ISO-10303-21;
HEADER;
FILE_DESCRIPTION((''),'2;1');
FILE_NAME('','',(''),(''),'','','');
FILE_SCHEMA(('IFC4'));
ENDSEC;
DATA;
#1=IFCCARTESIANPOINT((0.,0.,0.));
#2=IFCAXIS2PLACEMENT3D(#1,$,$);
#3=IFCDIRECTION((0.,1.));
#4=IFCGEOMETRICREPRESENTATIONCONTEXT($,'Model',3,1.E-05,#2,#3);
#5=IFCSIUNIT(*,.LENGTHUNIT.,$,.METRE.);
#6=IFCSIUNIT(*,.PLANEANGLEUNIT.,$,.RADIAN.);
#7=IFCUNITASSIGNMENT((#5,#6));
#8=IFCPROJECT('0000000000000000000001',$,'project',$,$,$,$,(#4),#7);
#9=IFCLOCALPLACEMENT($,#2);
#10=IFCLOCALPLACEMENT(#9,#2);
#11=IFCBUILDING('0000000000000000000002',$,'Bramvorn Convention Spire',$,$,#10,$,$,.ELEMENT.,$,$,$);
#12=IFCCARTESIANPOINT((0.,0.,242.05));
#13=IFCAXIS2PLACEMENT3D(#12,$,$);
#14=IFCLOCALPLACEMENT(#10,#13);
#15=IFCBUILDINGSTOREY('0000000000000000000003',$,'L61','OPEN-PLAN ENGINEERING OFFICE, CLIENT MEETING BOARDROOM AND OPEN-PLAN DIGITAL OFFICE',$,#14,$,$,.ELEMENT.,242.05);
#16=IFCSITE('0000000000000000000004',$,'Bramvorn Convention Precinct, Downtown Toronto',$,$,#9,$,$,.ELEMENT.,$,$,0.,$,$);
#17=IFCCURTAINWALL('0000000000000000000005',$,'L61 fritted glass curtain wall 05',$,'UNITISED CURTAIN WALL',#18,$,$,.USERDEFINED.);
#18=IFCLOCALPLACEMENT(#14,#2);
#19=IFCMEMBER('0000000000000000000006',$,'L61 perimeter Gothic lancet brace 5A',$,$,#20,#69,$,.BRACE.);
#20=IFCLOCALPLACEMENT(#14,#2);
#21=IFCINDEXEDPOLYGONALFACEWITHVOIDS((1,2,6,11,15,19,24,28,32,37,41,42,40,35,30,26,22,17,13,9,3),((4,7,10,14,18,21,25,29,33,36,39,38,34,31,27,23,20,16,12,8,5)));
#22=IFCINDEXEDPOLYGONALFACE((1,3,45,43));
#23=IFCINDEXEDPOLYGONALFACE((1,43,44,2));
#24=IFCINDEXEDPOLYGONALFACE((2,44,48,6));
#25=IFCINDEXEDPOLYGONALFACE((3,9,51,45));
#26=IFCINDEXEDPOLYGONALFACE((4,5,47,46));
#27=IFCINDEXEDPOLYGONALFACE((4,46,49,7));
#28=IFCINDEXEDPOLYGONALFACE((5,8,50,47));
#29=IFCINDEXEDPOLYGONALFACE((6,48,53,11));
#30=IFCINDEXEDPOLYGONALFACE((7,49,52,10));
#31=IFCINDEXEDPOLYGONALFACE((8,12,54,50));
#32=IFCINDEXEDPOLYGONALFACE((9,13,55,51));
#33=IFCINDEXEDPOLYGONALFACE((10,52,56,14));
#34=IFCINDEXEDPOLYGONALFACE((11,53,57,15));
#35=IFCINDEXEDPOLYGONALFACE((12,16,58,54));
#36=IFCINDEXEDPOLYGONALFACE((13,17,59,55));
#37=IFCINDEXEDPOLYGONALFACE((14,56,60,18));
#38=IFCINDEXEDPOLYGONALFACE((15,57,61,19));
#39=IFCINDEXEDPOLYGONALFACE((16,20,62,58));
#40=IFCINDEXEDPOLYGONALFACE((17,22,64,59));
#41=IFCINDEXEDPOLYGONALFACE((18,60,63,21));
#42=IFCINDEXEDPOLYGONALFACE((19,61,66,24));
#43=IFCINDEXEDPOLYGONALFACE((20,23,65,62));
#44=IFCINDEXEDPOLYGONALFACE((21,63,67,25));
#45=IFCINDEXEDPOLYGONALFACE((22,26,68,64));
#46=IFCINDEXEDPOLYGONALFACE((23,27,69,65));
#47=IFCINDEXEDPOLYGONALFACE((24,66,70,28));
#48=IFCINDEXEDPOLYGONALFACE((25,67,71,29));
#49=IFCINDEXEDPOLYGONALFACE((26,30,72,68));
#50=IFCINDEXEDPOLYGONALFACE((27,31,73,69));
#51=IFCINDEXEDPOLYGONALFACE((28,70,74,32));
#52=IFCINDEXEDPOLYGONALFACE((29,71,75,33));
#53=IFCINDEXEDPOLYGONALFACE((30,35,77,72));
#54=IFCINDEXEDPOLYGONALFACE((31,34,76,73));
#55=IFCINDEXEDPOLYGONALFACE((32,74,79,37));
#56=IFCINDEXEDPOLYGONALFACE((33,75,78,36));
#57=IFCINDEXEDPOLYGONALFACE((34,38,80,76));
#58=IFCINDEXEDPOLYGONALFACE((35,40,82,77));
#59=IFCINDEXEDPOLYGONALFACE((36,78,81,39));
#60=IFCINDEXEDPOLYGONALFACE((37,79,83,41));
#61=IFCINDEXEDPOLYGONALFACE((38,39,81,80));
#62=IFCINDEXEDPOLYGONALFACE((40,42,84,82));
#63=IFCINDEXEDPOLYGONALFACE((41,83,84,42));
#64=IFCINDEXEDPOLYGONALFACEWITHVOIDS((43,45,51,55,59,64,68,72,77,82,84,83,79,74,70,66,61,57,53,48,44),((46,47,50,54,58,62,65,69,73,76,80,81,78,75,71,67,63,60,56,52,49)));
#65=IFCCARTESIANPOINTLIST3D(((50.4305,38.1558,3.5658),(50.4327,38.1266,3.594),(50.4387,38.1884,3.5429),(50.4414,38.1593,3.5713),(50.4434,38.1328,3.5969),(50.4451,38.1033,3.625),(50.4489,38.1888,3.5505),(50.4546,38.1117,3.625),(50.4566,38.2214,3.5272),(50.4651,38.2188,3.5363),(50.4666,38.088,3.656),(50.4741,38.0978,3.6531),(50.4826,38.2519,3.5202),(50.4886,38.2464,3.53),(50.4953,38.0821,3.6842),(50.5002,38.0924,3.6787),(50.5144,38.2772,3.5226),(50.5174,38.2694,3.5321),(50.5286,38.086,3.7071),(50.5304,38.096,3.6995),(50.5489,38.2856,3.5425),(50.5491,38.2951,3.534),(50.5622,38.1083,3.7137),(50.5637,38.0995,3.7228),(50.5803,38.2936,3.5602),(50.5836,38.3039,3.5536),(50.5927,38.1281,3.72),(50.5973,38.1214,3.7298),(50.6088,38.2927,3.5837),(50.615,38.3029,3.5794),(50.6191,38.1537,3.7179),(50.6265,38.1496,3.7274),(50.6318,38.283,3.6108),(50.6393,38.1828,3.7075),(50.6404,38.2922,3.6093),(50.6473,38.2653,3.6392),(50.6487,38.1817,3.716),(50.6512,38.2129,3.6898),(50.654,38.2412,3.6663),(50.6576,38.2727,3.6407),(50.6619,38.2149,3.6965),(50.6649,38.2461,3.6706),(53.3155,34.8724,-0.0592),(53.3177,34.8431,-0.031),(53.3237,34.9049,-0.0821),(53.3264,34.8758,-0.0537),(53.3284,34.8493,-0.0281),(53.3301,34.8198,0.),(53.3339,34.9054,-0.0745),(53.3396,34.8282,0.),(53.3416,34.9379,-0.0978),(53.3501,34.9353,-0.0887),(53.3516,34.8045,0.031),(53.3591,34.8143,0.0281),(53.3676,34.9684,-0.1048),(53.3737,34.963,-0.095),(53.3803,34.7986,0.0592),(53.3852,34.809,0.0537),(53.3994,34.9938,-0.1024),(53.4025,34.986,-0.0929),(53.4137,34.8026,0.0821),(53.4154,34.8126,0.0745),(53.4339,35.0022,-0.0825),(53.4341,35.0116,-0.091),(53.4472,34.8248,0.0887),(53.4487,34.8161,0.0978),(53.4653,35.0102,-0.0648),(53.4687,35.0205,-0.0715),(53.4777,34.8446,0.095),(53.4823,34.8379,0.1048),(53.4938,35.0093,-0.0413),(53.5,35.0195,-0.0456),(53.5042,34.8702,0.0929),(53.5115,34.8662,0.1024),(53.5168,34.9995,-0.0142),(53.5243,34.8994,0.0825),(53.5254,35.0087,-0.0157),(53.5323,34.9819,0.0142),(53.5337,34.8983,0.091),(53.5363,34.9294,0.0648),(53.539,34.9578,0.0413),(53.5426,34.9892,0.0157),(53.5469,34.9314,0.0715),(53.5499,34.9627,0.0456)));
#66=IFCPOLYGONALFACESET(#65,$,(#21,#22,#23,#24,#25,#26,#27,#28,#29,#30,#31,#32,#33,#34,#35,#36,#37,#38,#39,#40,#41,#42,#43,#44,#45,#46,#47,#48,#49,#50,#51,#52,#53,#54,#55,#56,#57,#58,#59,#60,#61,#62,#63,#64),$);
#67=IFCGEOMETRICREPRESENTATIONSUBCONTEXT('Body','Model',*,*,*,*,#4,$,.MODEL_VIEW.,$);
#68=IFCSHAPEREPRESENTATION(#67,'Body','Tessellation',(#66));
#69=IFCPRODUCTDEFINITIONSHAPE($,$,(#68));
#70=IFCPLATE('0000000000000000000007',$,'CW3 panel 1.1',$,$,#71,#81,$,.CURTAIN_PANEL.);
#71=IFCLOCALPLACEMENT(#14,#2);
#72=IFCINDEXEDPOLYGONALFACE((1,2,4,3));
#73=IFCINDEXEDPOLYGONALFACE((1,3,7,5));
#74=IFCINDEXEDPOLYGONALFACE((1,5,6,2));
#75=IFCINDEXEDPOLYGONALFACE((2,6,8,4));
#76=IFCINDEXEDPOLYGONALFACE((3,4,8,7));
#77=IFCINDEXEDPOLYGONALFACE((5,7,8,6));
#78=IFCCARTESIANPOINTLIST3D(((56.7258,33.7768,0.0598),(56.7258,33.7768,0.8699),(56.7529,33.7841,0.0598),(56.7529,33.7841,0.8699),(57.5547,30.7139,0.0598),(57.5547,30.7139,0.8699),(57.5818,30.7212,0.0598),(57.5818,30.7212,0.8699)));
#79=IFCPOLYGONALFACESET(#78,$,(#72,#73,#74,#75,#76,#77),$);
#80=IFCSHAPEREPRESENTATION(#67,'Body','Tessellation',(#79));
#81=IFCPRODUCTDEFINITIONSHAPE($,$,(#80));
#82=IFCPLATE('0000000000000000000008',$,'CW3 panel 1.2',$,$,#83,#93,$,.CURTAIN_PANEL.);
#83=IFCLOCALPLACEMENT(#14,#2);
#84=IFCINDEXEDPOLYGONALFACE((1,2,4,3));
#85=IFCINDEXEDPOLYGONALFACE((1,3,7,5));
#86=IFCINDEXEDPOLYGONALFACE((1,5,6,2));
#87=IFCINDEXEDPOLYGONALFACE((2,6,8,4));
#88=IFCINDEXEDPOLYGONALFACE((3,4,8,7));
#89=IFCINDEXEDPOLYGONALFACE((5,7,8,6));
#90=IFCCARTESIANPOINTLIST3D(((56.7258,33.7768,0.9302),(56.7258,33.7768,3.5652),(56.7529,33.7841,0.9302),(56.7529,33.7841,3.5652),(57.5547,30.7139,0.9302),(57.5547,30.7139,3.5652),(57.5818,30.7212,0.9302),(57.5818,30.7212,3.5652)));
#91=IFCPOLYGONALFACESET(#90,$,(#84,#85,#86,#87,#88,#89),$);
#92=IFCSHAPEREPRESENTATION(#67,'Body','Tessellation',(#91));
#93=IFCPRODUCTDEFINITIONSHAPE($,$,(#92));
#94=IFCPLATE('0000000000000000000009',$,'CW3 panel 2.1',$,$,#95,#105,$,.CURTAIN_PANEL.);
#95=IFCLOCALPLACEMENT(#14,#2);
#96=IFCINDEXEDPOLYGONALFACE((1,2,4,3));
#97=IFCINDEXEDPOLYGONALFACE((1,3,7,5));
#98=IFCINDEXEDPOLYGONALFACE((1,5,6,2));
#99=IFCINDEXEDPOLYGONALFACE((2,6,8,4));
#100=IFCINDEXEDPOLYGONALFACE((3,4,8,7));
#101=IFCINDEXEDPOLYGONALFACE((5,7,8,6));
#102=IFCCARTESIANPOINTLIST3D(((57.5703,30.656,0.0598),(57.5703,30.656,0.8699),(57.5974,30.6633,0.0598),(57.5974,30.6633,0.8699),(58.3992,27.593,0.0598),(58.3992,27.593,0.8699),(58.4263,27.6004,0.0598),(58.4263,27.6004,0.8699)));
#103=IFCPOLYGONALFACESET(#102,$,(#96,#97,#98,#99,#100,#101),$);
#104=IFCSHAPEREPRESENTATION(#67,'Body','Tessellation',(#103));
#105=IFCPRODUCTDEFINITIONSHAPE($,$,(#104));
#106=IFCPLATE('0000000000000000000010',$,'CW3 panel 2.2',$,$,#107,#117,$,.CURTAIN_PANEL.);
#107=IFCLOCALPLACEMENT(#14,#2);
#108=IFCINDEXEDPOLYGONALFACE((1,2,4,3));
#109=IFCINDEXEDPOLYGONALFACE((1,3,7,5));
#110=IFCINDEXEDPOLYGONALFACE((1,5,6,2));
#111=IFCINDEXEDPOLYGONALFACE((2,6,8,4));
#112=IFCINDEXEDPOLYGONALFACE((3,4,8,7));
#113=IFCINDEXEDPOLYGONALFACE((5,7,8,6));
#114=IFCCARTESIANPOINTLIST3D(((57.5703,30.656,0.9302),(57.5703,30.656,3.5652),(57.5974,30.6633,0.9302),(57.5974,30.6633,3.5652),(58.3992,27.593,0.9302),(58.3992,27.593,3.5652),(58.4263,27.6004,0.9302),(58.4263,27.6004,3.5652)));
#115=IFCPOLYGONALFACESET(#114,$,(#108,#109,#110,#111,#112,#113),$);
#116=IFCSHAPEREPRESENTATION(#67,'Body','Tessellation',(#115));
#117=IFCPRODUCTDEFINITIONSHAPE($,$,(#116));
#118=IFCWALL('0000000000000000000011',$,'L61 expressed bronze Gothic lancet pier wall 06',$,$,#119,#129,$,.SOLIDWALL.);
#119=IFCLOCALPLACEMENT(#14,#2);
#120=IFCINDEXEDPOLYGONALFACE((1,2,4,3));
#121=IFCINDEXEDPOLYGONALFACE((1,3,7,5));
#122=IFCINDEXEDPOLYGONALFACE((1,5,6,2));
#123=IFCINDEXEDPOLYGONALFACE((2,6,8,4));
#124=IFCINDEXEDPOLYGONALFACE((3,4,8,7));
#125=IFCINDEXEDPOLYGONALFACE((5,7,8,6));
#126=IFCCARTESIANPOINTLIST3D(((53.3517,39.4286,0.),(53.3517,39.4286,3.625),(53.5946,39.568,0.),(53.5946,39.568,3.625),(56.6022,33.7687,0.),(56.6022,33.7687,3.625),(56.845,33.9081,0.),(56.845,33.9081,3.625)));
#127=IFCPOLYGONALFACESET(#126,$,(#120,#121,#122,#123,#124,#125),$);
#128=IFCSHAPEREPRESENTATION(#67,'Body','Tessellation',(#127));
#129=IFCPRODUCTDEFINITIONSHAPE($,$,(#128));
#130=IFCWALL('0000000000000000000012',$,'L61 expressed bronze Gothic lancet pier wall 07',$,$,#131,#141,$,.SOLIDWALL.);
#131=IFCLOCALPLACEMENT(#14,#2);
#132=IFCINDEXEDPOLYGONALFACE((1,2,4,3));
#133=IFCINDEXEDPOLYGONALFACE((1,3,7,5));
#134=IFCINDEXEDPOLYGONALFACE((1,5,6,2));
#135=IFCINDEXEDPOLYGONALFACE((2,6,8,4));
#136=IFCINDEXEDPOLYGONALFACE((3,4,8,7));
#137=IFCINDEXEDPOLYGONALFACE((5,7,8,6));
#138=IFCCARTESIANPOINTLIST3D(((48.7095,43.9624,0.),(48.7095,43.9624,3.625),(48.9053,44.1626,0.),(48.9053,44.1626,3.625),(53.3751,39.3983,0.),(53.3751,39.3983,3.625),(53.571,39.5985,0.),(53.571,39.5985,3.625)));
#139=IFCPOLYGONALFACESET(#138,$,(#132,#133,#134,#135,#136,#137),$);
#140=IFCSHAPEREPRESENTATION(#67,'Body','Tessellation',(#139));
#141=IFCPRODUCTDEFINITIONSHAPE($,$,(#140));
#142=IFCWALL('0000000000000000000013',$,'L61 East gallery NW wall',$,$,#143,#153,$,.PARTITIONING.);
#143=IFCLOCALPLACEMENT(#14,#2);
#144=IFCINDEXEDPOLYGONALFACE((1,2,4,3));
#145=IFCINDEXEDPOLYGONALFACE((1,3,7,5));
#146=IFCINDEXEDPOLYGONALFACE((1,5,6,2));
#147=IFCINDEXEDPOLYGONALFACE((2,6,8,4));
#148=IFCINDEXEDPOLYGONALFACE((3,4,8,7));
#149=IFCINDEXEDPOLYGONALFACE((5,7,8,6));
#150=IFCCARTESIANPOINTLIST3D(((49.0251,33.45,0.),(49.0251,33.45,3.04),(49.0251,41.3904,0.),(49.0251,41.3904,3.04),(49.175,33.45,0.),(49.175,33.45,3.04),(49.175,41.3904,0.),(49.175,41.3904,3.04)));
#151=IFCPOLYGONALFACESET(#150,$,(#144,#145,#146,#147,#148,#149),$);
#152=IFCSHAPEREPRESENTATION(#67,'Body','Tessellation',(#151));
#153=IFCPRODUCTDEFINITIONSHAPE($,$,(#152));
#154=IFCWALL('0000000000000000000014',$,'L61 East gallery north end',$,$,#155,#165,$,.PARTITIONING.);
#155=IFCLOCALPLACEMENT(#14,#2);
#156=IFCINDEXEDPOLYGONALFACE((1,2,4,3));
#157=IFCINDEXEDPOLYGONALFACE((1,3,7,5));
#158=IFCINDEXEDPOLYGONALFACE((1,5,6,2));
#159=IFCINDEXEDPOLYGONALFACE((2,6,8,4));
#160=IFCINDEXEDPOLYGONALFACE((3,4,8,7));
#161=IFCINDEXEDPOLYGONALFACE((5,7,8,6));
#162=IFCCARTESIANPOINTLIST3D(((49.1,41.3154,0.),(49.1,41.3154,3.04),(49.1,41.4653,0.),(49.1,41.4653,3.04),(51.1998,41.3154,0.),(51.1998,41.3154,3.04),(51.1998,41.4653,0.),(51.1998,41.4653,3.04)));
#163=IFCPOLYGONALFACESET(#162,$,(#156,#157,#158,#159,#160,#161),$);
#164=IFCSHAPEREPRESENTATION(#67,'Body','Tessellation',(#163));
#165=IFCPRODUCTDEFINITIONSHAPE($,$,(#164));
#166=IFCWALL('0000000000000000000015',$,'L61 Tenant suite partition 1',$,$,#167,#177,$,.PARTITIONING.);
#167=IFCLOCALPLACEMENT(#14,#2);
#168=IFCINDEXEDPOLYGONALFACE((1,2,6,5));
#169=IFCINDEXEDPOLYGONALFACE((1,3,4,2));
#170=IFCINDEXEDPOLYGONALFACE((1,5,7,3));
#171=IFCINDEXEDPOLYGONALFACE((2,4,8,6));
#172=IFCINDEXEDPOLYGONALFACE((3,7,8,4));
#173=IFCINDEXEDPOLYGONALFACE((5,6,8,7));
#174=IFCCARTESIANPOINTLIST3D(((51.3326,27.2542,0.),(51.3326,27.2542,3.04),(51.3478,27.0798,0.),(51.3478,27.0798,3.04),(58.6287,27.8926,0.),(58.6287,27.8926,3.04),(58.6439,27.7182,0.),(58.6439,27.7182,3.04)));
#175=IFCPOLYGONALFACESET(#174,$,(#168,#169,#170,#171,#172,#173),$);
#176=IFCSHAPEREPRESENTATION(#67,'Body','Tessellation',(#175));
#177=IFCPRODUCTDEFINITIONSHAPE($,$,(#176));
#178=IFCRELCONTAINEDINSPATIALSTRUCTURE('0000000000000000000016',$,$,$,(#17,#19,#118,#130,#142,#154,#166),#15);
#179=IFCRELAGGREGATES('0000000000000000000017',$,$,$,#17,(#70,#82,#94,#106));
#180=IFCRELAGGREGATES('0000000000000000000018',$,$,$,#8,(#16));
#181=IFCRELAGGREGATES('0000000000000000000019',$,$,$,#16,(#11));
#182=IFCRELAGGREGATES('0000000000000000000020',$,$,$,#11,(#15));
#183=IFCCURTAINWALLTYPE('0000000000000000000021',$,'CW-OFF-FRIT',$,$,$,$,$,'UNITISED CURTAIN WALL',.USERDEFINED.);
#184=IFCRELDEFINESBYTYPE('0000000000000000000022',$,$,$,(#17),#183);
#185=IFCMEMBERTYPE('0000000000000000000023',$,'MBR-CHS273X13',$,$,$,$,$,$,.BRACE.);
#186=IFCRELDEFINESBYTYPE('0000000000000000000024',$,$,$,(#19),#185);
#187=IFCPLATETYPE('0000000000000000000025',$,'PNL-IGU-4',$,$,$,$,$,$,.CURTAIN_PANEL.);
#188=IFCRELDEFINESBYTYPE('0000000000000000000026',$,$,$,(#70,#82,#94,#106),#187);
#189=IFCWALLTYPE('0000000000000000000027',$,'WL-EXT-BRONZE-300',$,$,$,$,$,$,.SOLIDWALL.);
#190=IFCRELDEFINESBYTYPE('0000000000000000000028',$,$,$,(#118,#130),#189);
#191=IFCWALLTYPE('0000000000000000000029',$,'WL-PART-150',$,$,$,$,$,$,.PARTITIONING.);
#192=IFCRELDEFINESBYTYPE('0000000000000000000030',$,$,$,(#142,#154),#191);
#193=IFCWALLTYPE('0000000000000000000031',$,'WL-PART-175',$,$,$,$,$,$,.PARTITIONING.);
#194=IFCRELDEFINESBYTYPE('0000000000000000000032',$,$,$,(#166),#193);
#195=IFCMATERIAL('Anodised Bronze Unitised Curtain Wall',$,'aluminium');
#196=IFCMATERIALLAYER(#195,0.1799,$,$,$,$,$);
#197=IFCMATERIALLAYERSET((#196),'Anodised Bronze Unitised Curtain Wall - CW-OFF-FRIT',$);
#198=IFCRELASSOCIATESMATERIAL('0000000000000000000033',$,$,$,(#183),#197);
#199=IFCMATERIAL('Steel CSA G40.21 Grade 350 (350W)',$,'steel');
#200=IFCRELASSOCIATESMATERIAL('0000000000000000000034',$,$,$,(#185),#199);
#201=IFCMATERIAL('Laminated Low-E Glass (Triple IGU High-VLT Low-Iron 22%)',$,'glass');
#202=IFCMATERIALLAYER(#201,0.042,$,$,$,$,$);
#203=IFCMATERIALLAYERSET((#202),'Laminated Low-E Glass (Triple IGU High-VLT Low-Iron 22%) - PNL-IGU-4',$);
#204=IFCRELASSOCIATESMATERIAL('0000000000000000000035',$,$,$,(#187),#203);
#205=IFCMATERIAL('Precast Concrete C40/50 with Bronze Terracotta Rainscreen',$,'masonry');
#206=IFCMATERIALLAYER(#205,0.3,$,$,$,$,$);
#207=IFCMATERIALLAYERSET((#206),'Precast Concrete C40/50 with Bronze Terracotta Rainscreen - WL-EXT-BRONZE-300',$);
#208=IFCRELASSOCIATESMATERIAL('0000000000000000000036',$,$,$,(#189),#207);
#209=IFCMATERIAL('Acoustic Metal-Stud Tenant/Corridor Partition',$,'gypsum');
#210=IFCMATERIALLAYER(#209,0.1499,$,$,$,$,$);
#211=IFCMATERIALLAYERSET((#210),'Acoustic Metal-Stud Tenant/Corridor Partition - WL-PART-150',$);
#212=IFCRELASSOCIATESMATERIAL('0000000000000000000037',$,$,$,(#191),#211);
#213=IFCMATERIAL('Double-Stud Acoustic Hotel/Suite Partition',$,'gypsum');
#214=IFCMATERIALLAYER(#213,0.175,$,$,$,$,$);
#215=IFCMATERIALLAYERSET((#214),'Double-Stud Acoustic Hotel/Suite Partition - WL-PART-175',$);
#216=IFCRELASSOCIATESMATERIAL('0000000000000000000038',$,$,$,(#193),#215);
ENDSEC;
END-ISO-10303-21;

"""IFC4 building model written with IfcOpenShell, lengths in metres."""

from ifc_helpers import new_model, si_unit, direction, frame, frame_2d, origin, origin_2d, place, context, subcontext, project, spatial, rectangle, hollow_circle, extrude, material, layer, layer_set, material_profile, profile_set, type_object, element, aggregate, save


model = new_model("IFC4")

# Units and contexts
model_context = context("Model", 3, precision=1e-05, world=origin(), true_north=direction((0.0, 1.0)))
body_context = subcontext(model_context, "Body", "Model", "MODEL_VIEW")
ifc_project = project(units=[si_unit("LENGTHUNIT", "METRE"), si_unit("PLANEANGLEUNIT", "RADIAN")], contexts=[model_context])

# Site, building, storey
site_placement = place(None, origin())
site = spatial("IfcSite", under=ifc_project, at=site_placement, Name="Bramvorn Convention Precinct, Downtown Toronto", CompositionType="ELEMENT", RefElevation=0.0)
building_placement = place(site_placement, origin())
building = spatial("IfcBuilding", under=site, at=building_placement, Name="Bramvorn Convention Spire", CompositionType="ELEMENT")
storey_placement = place(building_placement, frame((0.0, 0.0, 242.05)))
storey = spatial("IfcBuildingStorey", under=building, at=storey_placement, Name="L61", Description="OPEN-PLAN ENGINEERING OFFICE, CLIENT MEETING BOARDROOM AND OPEN-PLAN DIGITAL OFFICE", CompositionType="ELEMENT", Elevation=242.05)

# Shared definitions
ifc_material_1 = material(Name="Steel CSA G40.21 Grade 350 (350W)", Category="steel")

# Shared definitions
ifc_material_2 = material(Name="Anodised Bronze Unitised Curtain Wall", Category="aluminium")
ifc_layer_1 = layer(ifc_material_2, 0.1799)
ifc_layer_set_1 = layer_set([ifc_layer_1], Name="Anodised Bronze Unitised Curtain Wall - CW-OFF-FRIT")
curtain_wall_type = type_object("IfcCurtainWallType", Name="CW-OFF-FRIT", ElementType="UNITISED CURTAIN WALL", PredefinedType="USERDEFINED", material=ifc_layer_set_1)

# Curtain wall
curtain_wall_1_placement = place(storey_placement, origin())
curtain_wall_1 = element("IfcCurtainWall", 1, at=curtain_wall_1_placement, inside=storey, type_object=curtain_wall_type, Name="L61 fritted glass curtain wall 05", ObjectType="UNITISED CURTAIN WALL", PredefinedType="USERDEFINED")

# Member
ifc_material_profile_1 = material_profile(ifc_material_1, hollow_circle(Radius=0.1365, WallThickness=0.0127, at=origin_2d()))
ifc_profile_set_1 = profile_set([ifc_material_profile_1], Name="Steel CSA G40.21 Grade 350 (350W) - CHS273X13")
member_type_1 = type_object("IfcMemberType", Name="MBR-CHS273X13", PredefinedType="BRACE", material=ifc_profile_set_1)
member_1_placement = place(storey_placement, frame((53.4326, 34.9099, 0.0), z_axis=(-0.508062, 0.578228, 0.638377), x_axis=(-0.751215, -0.660057, 0.0)))
element("IfcMember", 2, at=member_1_placement, inside=storey, type_object=member_type_1, Name="L61 perimeter Gothic lancet brace 5A", PredefinedType="BRACE", context=body_context, shape_type="SweptSolid", body=[
    extrude(hollow_circle(Radius=0.1365, WallThickness=0.0127, at=origin_2d()), origin(), (0.0, 0.0, 1.0), 5.6785),
])

# Plates
ifc_material_3 = material(Name="Laminated Low-E Glass (Triple IGU High-VLT Low-Iron 22%)", Category="glass")
ifc_layer_2 = layer(ifc_material_3, 0.042)
ifc_layer_set_2 = layer_set([ifc_layer_2], Name="Laminated Low-E Glass (Triple IGU High-VLT Low-Iron 22%) - PNL-IGU-4")
plate_type = type_object("IfcPlateType", Name="PNL-IGU-4", PredefinedType="CURTAIN_PANEL", material=ifc_layer_set_2)
plate_1_placement = place(storey_placement, frame((57.1538, 32.249, 0.0598), z_axis=(0.0, 0.0, 1.0), x_axis=(0.261228, -0.965277, 0.0)))
plate_1 = element("IfcPlate", 3, at=plate_1_placement, type_object=plate_type, Name="CW3 panel 1.1", PredefinedType="CURTAIN_PANEL", context=body_context, shape_type="SweptSolid", body=[
    extrude(rectangle(XDim=3.1731, YDim=0.0281, at=origin_2d()), origin(), (0.0, 0.0, 1.0), 0.8101),
])
plate_2_placement = place(storey_placement, frame((57.1538, 32.249, 0.9302), z_axis=(0.0, 0.0, 1.0), x_axis=(0.261228, -0.965277, 0.0)))
plate_2 = element("IfcPlate", 4, at=plate_2_placement, type_object=plate_type, Name="CW3 panel 1.2", PredefinedType="CURTAIN_PANEL", context=body_context, shape_type="SweptSolid", body=[
    extrude(rectangle(XDim=3.1731, YDim=0.0281, at=origin_2d()), origin(), (0.0, 0.0, 1.0), 2.635),
])
plate_3_placement = place(storey_placement, frame((57.9983, 29.1282, 0.0598), z_axis=(0.0, 0.0, 1.0), x_axis=(0.261228, -0.965277, 0.0)))
plate_3 = element("IfcPlate", 5, at=plate_3_placement, type_object=plate_type, Name="CW3 panel 2.1", PredefinedType="CURTAIN_PANEL", context=body_context, shape_type="SweptSolid", body=[
    extrude(rectangle(XDim=3.1731, YDim=0.0281, at=origin_2d()), origin(), (0.0, 0.0, 1.0), 0.8101),
])
plate_4_placement = place(storey_placement, frame((57.9983, 29.1282, 0.9302), z_axis=(0.0, 0.0, 1.0), x_axis=(0.261228, -0.965277, 0.0)))
plate_4 = element("IfcPlate", 6, at=plate_4_placement, type_object=plate_type, Name="CW3 panel 2.2", PredefinedType="CURTAIN_PANEL", context=body_context, shape_type="SweptSolid", body=[
    extrude(rectangle(XDim=3.1731, YDim=0.0281, at=origin_2d()), origin(), (0.0, 0.0, 1.0), 2.635),
])
aggregate(curtain_wall_1, [plate_1, plate_2, plate_3, plate_4])

# Walls
ifc_material_4 = material(Name="Precast Concrete C40/50 with Bronze Terracotta Rainscreen", Category="masonry")
ifc_layer_3 = layer(ifc_material_4, 0.3)
ifc_layer_set_3 = layer_set([ifc_layer_3], Name="Precast Concrete C40/50 with Bronze Terracotta Rainscreen - WL-EXT-BRONZE-300")
wall_type_1 = type_object("IfcWallType", Name="WL-EXT-BRONZE-300", PredefinedType="SOLIDWALL", material=ifc_layer_set_3)
for number, where, z_axis, x_axis, name in (
    (7, (53.4731, 39.4983, 0.0), (0.0, 0.0, 1.0), (0.498015, -0.867168, 0.0), "L61 expressed bronze Gothic lancet pier wall 06"),
    (8, (48.8074, 44.0625, 0.0), (0.0, 0.0, 1.0), (0.714844, -0.699284, 0.0), "L61 expressed bronze Gothic lancet pier wall 07"),
):
    element("IfcWall", number, at=place(storey_placement, frame(where, z_axis=z_axis, x_axis=x_axis)), inside=storey, type_object=wall_type_1, Name=name, PredefinedType="SOLIDWALL", context=body_context, shape_type="SweptSolid", body=[
        extrude(rectangle(XDim=6.5269, YDim=0.28, at=frame_2d((3.2634, 0.0))), origin(), (0.0, 0.0, 1.0), 3.625),
    ])
ifc_material_5 = material(Name="Acoustic Metal-Stud Tenant/Corridor Partition", Category="gypsum")
ifc_layer_4 = layer(ifc_material_5, 0.1499)
ifc_layer_set_4 = layer_set([ifc_layer_4], Name="Acoustic Metal-Stud Tenant/Corridor Partition - WL-PART-150")
wall_type_2 = type_object("IfcWallType", Name="WL-PART-150", PredefinedType="PARTITIONING", material=ifc_layer_set_4)
wall_1_placement = place(storey_placement, frame((49.1001, 33.45, 0.0), z_axis=(0.0, 0.0, 1.0), x_axis=(0.0, 1.0, 0.0)))
element("IfcWall", 9, at=wall_1_placement, inside=storey, type_object=wall_type_2, Name="L61 East gallery NW wall", PredefinedType="PARTITIONING", context=body_context, shape_type="SweptSolid", body=[
    extrude(rectangle(XDim=7.9404, YDim=0.1499, at=frame_2d((3.9702, 0.0))), origin(), (0.0, 0.0, 1.0), 3.04),
])
wall_2_placement = place(storey_placement, frame((49.1001, 41.3904, 0.0), z_axis=(0.0, 0.0, 1.0), x_axis=(1.0, 0.0, 0.0)))
element("IfcWall", 10, at=wall_2_placement, inside=storey, type_object=wall_type_2, Name="L61 East gallery north end", PredefinedType="PARTITIONING", context=body_context, shape_type="SweptSolid", body=[
    extrude(rectangle(XDim=2.0999, YDim=0.1499, at=frame_2d((1.0498, 0.0))), origin(), (0.0, 0.0, 1.0), 3.04),
])
ifc_material_6 = material(Name="Double-Stud Acoustic Hotel/Suite Partition", Category="gypsum")
ifc_layer_5 = layer(ifc_material_6, 0.175)
ifc_layer_set_5 = layer_set([ifc_layer_5], Name="Double-Stud Acoustic Hotel/Suite Partition - WL-PART-175")
wall_type_3 = type_object("IfcWallType", Name="WL-PART-175", PredefinedType="PARTITIONING", material=ifc_layer_set_5)
wall_3_placement = place(storey_placement, frame((51.3401, 27.167, 0.0), z_axis=(0.0, 0.0, 1.0), x_axis=(0.996194, 0.087169, 0.0)))
element("IfcWall", 11, at=wall_3_placement, inside=storey, type_object=wall_type_3, Name="L61 Tenant suite partition 1", PredefinedType="PARTITIONING", context=body_context, shape_type="SweptSolid", body=[
    extrude(rectangle(XDim=7.324, YDim=0.175, at=frame_2d((3.6621, 0.0))), origin(), (0.0, 0.0, 1.0), 3.04),
])

save(model, "model.ifc")
